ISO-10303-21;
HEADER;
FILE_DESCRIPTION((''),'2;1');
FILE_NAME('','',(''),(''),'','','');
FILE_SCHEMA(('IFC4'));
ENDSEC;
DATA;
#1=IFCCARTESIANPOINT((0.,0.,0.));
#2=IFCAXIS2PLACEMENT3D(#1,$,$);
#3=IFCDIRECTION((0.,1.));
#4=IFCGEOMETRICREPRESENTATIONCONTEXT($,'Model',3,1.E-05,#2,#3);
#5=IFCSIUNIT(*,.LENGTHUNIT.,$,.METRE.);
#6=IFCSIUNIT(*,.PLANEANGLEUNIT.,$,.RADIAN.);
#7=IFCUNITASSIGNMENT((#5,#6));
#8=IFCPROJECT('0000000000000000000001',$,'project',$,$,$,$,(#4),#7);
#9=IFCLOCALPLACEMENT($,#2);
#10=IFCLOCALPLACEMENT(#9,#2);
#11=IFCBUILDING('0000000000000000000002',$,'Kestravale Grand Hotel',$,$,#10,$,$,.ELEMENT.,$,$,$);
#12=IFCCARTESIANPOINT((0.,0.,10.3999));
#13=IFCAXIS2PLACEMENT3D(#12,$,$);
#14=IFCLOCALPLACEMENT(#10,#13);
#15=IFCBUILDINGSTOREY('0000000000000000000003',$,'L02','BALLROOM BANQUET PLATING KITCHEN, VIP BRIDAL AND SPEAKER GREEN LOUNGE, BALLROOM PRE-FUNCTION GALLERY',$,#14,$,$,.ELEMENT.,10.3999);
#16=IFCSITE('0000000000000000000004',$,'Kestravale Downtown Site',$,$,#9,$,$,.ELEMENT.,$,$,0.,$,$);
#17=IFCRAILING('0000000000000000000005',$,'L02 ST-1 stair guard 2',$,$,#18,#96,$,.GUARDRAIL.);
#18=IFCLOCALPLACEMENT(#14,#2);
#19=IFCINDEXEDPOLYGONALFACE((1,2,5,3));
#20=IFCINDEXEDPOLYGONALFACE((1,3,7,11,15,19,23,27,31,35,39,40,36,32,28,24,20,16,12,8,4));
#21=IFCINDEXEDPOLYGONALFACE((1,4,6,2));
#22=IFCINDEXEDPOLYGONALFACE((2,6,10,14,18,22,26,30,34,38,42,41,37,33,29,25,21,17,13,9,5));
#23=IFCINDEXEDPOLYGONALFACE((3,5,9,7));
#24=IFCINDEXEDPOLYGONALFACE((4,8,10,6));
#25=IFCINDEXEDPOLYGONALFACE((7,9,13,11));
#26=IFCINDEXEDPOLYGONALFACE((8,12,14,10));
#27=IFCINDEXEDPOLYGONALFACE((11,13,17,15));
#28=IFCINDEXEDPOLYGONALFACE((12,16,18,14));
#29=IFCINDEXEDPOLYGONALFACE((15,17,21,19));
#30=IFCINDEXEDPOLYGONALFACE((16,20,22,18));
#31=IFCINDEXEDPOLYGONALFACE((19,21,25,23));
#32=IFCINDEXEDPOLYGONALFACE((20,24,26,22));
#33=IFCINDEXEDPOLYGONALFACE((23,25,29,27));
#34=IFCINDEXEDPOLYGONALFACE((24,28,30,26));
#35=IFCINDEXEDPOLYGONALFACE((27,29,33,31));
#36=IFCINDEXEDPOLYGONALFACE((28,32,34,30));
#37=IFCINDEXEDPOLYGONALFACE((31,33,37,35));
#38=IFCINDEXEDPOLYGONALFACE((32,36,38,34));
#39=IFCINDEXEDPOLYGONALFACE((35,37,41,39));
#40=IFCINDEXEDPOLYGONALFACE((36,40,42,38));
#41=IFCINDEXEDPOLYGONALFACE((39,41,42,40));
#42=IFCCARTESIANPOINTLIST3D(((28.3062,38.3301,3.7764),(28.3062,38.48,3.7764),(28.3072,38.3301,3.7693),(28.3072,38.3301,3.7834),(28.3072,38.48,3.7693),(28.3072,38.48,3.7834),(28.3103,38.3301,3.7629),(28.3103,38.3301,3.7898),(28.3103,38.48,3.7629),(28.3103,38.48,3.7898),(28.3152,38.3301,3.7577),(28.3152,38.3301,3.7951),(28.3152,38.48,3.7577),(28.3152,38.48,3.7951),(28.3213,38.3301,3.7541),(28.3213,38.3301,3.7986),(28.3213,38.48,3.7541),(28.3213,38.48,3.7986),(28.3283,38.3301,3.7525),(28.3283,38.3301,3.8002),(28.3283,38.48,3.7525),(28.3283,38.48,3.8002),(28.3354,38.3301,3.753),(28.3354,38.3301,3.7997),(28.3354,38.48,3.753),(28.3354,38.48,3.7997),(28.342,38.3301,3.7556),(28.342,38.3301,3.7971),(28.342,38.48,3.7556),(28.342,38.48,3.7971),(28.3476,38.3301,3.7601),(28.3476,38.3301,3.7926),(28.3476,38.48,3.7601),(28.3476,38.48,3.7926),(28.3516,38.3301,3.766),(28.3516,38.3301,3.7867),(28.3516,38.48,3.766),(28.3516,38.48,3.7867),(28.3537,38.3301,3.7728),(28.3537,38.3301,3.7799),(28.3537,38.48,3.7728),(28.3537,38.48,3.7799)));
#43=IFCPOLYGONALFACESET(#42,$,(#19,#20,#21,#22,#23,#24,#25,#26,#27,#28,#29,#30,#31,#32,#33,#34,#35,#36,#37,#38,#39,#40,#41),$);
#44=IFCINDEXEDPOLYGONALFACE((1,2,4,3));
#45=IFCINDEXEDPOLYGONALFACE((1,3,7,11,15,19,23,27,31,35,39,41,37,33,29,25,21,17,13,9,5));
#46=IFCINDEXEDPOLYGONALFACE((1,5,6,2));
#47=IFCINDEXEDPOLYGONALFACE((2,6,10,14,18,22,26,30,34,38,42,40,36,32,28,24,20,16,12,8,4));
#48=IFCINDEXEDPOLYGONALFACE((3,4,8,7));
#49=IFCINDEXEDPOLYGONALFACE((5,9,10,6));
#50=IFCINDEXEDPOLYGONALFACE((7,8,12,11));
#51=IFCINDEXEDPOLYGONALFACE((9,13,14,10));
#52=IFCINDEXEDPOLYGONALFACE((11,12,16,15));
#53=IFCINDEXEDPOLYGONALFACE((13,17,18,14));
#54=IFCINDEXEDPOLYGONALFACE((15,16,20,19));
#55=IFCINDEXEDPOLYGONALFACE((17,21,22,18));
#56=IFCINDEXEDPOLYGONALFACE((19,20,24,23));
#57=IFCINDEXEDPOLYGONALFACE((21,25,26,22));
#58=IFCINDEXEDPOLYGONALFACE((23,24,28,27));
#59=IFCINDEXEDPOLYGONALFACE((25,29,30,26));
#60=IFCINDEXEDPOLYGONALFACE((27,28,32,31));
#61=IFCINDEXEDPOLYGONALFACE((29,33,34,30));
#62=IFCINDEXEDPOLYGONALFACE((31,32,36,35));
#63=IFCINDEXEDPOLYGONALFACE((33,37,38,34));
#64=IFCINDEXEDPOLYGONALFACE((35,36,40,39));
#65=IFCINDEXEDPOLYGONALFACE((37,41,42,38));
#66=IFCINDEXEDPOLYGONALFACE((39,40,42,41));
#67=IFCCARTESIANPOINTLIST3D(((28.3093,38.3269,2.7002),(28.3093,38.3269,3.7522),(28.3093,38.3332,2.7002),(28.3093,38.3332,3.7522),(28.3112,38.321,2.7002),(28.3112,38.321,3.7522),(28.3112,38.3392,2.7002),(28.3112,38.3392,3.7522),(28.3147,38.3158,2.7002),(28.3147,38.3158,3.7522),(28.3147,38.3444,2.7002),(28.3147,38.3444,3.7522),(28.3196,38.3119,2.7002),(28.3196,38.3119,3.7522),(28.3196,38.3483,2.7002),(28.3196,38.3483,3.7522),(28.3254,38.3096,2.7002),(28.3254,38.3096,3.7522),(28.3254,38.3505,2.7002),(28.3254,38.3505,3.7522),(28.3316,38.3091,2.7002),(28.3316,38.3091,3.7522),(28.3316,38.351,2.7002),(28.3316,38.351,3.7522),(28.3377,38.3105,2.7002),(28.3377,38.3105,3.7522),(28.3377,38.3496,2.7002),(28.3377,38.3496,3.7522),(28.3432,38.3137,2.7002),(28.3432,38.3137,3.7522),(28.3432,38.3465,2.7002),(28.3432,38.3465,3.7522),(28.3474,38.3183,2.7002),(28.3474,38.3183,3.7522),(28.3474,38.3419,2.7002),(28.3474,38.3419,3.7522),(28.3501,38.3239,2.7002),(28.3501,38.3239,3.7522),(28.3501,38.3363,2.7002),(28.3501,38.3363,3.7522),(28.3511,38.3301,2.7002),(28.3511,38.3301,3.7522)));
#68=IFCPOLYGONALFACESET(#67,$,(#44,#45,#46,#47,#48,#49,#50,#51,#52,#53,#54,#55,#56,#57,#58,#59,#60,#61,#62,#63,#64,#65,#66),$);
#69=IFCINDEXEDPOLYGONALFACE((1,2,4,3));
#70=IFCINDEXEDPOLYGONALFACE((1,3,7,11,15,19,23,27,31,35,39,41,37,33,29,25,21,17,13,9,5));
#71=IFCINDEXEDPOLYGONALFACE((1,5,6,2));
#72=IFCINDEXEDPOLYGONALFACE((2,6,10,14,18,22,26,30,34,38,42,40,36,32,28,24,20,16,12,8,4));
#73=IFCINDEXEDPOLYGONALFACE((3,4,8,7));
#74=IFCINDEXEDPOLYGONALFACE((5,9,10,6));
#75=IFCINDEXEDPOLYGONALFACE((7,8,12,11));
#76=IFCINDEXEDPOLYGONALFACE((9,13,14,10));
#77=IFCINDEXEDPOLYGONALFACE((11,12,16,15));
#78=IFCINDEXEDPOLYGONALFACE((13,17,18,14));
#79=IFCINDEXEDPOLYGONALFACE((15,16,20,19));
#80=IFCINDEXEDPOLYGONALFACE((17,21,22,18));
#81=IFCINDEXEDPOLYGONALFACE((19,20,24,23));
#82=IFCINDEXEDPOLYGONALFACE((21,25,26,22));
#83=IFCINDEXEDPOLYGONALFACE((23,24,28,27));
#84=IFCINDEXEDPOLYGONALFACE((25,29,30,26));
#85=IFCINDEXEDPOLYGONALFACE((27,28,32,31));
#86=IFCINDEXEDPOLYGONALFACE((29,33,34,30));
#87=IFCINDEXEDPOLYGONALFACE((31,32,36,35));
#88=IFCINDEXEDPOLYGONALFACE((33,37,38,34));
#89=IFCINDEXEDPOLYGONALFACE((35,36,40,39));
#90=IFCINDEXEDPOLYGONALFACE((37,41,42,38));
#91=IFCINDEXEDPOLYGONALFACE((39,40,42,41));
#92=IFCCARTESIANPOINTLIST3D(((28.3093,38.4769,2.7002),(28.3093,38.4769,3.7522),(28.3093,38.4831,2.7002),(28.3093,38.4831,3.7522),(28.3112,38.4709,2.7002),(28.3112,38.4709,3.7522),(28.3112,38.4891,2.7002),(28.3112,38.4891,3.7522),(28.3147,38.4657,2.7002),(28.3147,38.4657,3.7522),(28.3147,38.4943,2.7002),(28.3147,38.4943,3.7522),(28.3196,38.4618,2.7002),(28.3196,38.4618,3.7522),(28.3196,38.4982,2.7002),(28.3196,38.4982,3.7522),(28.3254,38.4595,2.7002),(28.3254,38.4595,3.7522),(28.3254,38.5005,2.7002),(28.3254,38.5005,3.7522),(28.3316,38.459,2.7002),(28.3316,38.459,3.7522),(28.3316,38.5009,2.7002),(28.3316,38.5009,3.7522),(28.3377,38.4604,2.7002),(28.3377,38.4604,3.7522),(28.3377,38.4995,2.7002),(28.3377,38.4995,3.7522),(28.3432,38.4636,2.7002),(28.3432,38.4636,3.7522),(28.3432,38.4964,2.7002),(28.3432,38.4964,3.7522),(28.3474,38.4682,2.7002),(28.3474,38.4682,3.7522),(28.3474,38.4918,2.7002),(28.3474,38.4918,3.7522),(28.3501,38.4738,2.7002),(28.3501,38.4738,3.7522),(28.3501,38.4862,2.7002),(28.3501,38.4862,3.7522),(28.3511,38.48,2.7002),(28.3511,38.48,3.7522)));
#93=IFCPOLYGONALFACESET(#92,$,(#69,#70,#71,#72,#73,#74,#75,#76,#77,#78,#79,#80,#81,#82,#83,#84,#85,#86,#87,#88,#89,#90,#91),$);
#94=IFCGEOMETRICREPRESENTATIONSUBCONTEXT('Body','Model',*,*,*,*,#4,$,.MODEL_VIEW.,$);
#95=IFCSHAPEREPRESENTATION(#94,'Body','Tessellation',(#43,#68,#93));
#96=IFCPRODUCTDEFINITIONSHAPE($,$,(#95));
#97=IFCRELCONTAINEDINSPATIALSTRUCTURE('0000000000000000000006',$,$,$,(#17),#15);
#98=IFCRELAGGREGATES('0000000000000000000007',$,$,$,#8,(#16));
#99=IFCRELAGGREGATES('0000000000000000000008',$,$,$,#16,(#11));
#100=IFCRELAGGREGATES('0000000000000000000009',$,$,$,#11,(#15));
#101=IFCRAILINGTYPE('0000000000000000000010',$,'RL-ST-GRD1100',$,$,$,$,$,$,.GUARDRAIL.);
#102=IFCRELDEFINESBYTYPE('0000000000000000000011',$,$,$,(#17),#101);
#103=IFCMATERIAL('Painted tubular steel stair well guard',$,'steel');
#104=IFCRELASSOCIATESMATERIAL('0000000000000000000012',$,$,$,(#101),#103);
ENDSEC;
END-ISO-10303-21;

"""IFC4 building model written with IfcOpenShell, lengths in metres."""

from ifc_helpers import new_model, si_unit, direction, frame, origin, origin_2d, place, context, subcontext, project, spatial, circle, extrude, material, type_object, element, save


model = new_model("IFC4")

# Units and contexts
model_context = context("Model", 3, precision=1e-05, world=origin(), true_north=direction((0.0, 1.0)))
body_context = subcontext(model_context, "Body", "Model", "MODEL_VIEW")
ifc_project = project(units=[si_unit("LENGTHUNIT", "METRE"), si_unit("PLANEANGLEUNIT", "RADIAN")], contexts=[model_context])

# Site, building, storey
site_placement = place(None, origin())
site = spatial("IfcSite", under=ifc_project, at=site_placement, Name="Kestravale Downtown Site", CompositionType="ELEMENT", RefElevation=0.0)
building_placement = place(site_placement, origin())
building = spatial("IfcBuilding", under=site, at=building_placement, Name="Kestravale Grand Hotel", CompositionType="ELEMENT")
storey_placement = place(building_placement, frame((0.0, 0.0, 10.3999)))
storey = spatial("IfcBuildingStorey", under=building, at=storey_placement, Name="L02", Description="BALLROOM BANQUET PLATING KITCHEN, VIP BRIDAL AND SPEAKER GREEN LOUNGE, BALLROOM PRE-FUNCTION GALLERY", CompositionType="ELEMENT", Elevation=10.3999)

# Railing
ifc_material_1 = material(Name="Painted tubular steel stair well guard", Category="steel")
railing_type_1 = type_object("IfcRailingType", Name="RL-ST-GRD1100", PredefinedType="GUARDRAIL", material=ifc_material_1)
railing_1_placement = place(storey_placement, frame((28.3301, 38.3301, 2.7002)))
element("IfcRailing", 1, at=railing_1_placement, inside=storey, type_object=railing_type_1, Name="L02 ST-1 stair guard 2", PredefinedType="GUARDRAIL", context=body_context, shape_type="SweptSolid", body=[
    extrude(circle(Radius=0.0239, at=origin_2d()), frame((0.0, 0.0, 1.0762), z_axis=(0.0, 1.0, 0.0), x_axis=(-1.0, 0.0, 0.0)), (0.0, 0.0, 1.0), 0.1499),
    extrude(circle(Radius=0.021, at=origin_2d()), origin(), (0.0, 0.0, 1.0), 1.052),
    extrude(circle(Radius=0.021, at=origin_2d()), frame((0.0, 0.1499, 0.0)), (0.0, 0.0, 1.0), 1.052),
])

save(model, "model.ifc")
